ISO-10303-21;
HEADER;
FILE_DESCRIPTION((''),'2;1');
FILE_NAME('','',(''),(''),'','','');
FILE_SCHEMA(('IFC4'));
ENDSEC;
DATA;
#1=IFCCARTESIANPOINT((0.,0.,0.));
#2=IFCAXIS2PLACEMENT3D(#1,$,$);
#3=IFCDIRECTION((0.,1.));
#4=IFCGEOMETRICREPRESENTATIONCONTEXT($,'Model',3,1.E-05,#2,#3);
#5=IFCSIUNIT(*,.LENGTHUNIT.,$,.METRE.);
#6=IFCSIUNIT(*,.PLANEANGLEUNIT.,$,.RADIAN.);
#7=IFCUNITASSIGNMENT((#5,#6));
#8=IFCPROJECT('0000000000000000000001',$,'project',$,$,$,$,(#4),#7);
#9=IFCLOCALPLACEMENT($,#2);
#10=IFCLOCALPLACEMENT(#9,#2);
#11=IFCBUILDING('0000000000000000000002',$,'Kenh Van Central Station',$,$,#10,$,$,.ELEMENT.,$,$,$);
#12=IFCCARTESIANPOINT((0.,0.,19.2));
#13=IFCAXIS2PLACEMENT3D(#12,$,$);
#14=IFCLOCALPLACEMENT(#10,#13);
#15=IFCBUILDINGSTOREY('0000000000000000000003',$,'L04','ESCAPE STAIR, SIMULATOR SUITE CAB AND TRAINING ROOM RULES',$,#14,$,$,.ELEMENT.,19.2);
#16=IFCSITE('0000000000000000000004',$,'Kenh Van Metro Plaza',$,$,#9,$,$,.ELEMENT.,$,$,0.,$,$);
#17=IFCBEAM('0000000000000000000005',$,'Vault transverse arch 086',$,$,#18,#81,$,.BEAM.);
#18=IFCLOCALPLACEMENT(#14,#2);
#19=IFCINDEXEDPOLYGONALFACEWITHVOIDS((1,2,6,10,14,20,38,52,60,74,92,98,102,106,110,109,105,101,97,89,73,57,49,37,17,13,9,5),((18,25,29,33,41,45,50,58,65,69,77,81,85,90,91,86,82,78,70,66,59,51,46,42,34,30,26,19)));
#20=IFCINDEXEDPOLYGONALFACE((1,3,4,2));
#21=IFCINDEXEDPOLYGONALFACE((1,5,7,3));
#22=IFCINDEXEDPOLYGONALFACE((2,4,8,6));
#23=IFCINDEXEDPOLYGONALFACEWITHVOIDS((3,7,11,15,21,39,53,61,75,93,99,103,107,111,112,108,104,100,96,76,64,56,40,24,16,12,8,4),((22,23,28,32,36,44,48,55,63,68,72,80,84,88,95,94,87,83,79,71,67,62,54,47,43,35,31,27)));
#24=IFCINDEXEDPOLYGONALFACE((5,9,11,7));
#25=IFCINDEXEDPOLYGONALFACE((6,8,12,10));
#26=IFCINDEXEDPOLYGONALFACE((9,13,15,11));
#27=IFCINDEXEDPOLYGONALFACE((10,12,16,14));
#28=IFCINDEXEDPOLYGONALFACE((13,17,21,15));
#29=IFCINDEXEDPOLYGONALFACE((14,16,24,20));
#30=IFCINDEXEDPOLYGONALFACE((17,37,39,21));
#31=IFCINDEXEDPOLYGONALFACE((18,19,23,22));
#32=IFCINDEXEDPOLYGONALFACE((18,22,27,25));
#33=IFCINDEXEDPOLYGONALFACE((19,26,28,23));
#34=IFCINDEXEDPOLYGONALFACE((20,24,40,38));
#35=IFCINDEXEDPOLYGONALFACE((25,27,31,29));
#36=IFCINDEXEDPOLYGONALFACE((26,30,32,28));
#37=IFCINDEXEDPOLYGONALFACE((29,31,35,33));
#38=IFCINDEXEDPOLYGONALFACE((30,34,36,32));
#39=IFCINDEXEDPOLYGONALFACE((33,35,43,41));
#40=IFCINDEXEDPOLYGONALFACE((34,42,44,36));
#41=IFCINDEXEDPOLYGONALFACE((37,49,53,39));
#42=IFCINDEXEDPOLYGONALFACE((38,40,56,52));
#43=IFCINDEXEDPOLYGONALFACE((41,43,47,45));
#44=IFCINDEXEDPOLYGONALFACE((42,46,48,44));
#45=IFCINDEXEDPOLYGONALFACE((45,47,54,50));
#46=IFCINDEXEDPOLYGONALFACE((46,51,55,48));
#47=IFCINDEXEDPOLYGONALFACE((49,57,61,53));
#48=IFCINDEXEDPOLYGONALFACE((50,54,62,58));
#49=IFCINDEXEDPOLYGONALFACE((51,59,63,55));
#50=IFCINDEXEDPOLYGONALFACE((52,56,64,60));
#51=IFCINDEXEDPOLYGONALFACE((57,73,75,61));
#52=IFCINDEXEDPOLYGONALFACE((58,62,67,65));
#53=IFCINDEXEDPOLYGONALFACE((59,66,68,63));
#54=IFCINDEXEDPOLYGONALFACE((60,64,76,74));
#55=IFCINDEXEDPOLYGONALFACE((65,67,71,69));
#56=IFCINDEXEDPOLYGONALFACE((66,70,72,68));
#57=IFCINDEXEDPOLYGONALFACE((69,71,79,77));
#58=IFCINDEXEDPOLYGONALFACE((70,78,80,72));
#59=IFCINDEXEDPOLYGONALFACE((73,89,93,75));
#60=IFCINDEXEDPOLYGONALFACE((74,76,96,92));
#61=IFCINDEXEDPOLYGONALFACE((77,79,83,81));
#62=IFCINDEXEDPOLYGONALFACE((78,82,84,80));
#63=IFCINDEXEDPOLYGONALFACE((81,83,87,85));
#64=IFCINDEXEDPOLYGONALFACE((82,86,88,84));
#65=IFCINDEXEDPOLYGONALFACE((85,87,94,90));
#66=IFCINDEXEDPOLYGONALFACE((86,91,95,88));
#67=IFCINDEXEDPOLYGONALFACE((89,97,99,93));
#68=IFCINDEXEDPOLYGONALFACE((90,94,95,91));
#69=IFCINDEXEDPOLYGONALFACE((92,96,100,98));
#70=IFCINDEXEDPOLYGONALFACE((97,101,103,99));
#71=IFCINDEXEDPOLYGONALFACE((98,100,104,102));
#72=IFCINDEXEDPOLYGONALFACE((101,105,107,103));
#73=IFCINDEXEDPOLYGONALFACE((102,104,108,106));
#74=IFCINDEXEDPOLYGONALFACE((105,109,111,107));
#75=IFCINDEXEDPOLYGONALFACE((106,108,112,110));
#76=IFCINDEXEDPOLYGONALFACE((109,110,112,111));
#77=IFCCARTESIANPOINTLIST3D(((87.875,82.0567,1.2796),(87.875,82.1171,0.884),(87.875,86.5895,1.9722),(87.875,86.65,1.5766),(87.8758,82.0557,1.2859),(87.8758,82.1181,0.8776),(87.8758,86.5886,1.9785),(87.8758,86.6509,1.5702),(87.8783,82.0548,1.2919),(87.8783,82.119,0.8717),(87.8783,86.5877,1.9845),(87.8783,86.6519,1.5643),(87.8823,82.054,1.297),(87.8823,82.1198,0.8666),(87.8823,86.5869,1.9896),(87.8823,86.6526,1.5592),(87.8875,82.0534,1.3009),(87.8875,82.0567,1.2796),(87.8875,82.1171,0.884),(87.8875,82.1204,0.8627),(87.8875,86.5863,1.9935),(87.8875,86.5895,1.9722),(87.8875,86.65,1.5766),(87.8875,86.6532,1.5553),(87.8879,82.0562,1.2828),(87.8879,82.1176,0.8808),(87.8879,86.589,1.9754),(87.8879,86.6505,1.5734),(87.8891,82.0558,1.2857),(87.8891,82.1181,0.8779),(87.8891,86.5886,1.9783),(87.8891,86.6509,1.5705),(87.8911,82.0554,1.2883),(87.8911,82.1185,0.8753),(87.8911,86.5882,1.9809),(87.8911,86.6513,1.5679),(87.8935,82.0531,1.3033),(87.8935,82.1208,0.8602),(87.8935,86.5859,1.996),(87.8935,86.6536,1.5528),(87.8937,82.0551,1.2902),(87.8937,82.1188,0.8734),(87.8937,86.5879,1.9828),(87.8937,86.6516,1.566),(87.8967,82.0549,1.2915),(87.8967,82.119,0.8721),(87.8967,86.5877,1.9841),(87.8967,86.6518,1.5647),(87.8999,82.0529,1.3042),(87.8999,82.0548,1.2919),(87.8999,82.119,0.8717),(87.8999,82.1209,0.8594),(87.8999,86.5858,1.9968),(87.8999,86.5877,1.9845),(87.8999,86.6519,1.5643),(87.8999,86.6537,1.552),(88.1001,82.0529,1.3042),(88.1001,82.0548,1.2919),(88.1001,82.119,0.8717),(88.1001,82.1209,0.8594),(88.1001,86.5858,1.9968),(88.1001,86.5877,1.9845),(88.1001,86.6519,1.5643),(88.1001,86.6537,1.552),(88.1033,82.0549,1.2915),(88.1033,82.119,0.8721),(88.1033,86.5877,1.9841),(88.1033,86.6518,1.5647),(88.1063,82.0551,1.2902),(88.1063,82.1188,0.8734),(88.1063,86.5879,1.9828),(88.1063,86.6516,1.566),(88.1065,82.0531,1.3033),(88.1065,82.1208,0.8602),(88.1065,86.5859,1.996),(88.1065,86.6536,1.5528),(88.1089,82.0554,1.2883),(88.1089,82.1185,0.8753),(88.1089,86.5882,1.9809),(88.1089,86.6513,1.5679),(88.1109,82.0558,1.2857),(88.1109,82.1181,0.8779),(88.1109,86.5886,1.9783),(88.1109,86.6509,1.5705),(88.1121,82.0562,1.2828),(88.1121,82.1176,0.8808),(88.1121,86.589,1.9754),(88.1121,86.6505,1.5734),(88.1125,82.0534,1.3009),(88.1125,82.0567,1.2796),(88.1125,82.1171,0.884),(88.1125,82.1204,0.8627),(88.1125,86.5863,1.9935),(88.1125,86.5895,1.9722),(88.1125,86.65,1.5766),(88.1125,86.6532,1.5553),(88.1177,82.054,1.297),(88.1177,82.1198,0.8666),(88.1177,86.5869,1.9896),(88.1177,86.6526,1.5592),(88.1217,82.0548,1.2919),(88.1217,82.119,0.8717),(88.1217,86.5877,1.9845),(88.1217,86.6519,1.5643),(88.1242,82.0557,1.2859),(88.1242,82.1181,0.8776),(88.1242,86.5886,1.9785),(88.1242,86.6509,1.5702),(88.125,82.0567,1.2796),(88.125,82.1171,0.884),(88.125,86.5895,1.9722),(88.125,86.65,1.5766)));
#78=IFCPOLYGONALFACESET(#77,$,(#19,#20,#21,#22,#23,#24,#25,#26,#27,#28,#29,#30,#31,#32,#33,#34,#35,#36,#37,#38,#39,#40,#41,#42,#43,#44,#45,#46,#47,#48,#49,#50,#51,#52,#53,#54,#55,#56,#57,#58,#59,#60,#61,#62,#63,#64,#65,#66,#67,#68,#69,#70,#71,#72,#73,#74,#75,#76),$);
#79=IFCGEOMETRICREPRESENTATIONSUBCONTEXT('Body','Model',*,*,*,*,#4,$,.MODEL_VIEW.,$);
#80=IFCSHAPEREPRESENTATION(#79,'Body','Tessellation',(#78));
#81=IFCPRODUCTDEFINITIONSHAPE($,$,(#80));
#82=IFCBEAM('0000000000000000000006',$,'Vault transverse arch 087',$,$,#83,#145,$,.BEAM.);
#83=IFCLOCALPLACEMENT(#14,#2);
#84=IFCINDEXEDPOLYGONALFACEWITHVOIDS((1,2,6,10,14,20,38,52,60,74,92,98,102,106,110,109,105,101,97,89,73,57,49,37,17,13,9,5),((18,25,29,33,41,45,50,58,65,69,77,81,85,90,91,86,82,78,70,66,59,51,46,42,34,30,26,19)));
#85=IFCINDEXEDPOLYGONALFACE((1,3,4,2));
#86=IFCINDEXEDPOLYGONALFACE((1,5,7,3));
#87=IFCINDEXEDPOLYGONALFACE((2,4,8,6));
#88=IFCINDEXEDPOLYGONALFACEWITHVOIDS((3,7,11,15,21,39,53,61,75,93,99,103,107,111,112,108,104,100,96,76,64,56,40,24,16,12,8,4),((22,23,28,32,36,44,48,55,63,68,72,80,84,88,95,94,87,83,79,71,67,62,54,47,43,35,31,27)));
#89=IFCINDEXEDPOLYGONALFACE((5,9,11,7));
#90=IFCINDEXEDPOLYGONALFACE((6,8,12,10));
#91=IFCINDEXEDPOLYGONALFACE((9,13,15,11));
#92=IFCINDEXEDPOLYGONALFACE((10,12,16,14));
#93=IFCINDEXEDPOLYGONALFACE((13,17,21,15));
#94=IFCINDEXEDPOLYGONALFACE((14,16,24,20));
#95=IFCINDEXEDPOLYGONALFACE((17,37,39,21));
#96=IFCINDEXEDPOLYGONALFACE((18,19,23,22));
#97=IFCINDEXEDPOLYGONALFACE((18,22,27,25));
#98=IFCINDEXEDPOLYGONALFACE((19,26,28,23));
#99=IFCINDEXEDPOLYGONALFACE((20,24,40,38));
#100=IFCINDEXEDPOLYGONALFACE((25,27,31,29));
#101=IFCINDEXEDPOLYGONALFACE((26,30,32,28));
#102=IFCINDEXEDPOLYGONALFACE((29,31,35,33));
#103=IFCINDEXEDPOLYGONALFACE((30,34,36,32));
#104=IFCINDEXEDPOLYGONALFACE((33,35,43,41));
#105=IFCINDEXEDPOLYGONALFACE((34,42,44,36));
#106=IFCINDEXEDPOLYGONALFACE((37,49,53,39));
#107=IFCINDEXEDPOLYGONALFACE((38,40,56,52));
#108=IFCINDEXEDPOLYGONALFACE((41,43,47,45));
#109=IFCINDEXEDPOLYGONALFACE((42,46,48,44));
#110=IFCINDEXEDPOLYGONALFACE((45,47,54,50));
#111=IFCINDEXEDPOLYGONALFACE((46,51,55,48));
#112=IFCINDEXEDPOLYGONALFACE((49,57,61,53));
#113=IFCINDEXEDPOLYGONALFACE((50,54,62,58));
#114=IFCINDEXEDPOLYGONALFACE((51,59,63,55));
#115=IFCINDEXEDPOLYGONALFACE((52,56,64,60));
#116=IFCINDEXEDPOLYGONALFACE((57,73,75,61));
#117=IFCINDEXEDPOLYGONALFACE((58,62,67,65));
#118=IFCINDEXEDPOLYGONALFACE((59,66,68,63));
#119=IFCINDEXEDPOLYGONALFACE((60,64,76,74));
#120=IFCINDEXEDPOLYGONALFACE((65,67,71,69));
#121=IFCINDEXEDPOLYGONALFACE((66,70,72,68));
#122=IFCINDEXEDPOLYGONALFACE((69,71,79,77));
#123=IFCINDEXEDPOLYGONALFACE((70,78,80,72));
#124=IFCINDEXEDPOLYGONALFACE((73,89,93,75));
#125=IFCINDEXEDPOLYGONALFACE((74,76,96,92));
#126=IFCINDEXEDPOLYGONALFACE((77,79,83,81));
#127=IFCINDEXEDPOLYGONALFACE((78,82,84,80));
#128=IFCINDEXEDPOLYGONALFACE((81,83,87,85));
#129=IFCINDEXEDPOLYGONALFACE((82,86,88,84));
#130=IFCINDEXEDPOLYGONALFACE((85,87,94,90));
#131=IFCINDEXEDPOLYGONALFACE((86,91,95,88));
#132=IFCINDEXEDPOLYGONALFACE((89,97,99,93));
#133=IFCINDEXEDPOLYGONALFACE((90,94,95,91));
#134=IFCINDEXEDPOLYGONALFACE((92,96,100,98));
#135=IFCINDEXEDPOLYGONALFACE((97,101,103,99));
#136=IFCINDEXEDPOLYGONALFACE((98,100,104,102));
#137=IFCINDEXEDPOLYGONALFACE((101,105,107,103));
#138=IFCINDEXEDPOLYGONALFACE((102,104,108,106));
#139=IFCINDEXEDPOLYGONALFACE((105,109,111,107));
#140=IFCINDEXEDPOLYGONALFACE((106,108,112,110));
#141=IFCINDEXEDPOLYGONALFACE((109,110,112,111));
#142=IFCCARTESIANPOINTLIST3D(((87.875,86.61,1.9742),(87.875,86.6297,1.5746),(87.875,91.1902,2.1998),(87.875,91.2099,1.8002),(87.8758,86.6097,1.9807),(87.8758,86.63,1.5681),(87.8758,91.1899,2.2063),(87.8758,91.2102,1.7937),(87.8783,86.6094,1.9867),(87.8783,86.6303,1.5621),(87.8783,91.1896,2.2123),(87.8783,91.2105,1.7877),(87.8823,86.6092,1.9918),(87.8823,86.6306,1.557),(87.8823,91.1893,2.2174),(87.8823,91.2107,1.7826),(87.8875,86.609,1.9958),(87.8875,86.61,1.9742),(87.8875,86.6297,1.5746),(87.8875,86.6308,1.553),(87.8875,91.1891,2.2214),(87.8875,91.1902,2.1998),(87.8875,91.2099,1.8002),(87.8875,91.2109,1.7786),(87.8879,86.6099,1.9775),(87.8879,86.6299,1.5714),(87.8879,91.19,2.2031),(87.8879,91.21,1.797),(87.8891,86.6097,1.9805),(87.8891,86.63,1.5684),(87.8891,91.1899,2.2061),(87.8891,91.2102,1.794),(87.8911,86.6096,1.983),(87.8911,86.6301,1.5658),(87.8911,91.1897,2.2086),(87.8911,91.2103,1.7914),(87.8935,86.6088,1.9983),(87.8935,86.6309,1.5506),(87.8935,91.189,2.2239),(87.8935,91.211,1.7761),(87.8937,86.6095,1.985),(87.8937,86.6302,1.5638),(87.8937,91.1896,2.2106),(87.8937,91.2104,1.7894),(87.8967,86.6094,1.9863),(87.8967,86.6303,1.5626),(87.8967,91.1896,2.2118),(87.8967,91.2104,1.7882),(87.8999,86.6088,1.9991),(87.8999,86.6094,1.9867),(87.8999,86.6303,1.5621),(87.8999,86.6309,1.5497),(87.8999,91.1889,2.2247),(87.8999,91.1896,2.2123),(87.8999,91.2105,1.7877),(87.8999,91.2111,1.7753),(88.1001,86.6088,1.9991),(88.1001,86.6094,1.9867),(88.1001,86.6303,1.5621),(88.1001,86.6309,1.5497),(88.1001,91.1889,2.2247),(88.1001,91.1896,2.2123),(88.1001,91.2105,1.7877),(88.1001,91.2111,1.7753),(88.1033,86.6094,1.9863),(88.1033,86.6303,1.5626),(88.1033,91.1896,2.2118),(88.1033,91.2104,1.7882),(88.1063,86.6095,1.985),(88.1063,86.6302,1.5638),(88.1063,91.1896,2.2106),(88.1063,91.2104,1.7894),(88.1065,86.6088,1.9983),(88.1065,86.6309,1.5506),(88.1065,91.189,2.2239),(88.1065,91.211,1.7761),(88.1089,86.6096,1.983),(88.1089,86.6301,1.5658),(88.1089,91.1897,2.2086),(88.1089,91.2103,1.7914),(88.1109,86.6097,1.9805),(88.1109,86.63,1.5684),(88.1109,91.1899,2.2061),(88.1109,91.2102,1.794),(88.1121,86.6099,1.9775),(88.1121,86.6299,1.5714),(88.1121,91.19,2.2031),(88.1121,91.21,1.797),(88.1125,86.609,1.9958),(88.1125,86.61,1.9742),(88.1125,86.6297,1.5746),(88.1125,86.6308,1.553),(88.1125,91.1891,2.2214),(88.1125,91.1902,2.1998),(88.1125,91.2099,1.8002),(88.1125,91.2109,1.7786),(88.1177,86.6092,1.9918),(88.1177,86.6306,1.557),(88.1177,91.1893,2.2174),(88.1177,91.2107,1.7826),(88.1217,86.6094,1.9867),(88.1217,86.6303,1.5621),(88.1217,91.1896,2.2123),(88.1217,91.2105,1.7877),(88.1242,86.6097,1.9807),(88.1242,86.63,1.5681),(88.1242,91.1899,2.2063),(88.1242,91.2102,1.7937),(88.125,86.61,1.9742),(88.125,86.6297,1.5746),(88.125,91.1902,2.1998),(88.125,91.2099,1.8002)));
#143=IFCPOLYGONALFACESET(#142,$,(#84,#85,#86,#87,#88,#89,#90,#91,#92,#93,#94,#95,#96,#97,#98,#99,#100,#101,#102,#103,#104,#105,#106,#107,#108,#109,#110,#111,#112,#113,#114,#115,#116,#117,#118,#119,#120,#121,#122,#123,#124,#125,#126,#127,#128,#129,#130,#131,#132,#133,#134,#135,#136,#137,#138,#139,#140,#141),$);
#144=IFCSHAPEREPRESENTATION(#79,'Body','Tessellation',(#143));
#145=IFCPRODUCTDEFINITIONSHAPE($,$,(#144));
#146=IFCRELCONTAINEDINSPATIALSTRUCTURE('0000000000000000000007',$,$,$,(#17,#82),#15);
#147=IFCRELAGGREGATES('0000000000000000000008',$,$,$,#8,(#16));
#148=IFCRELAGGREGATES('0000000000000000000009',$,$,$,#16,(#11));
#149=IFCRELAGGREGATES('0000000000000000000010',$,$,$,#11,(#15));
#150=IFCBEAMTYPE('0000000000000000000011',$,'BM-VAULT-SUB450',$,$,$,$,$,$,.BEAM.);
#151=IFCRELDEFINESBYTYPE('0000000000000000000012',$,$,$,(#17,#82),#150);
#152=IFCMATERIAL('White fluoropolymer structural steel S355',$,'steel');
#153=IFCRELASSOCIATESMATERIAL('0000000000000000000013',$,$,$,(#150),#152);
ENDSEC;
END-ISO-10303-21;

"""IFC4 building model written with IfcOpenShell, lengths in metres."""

from ifc_helpers import new_model, si_unit, direction, frame, origin, origin_2d, place, context, subcontext, project, spatial, hollow_rectangle, extrude, material, material_profile, profile_set, type_object, element, save


model = new_model("IFC4")

# Units and contexts
model_context = context("Model", 3, precision=1e-05, world=origin(), true_north=direction((0.0, 1.0)))
body_context = subcontext(model_context, "Body", "Model", "MODEL_VIEW")
ifc_project = project(units=[si_unit("LENGTHUNIT", "METRE"), si_unit("PLANEANGLEUNIT", "RADIAN")], contexts=[model_context])

# Site, building, storey
site_placement = place(None, origin())
site = spatial("IfcSite", under=ifc_project, at=site_placement, Name="Kenh Van Metro Plaza", CompositionType="ELEMENT", RefElevation=0.0)
building_placement = place(site_placement, origin())
building = spatial("IfcBuilding", under=site, at=building_placement, Name="Kenh Van Central Station", CompositionType="ELEMENT")
storey_placement = place(building_placement, frame((0.0, 0.0, 19.2)))
storey = spatial("IfcBuildingStorey", under=building, at=storey_placement, Name="L04", Description="ESCAPE STAIR, SIMULATOR SUITE CAB AND TRAINING ROOM RULES", CompositionType="ELEMENT", Elevation=19.2)

# Beams
ifc_material_1 = material(Name="White fluoropolymer structural steel S355", Category="steel")
ifc_material_profile_1 = material_profile(ifc_material_1, hollow_rectangle(XDim=0.25, YDim=0.45, WallThickness=0.0125, InnerFilletRadius=0.0125, OuterFilletRadius=0.0249, at=origin_2d()), Name="RHS 450x250x12.5")
ifc_profile_set_1 = profile_set([ifc_material_profile_1], Name="White fluoropolymer structural steel S355")
beam_type_1 = type_object("IfcBeamType", Name="BM-VAULT-SUB450", PredefinedType="BEAM", material=ifc_profile_set_1)
beam_1_placement = place(storey_placement, frame((88.0, 82.0869, 1.0818), z_axis=(0.0, 0.988527, 0.151045), x_axis=(-1.0, 0.0, 0.0)))
element("IfcBeam", 1, at=beam_1_placement, inside=storey, type_object=beam_type_1, Name="Vault transverse arch 086", PredefinedType="BEAM", context=body_context, shape_type="SweptSolid", body=[
    extrude(hollow_rectangle(XDim=0.25, YDim=0.45, WallThickness=0.0125, InnerFilletRadius=0.0125, OuterFilletRadius=0.0249, at=origin_2d()), origin(), (0.0, 0.0, 1.0), 4.5854),
])
beam_2_placement = place(storey_placement, frame((88.0, 86.6199, 1.7744), z_axis=(0.0, 0.998789, 0.049194), x_axis=(-1.0, 0.0, 0.0)))
element("IfcBeam", 2, at=beam_2_placement, inside=storey, type_object=beam_type_1, Name="Vault transverse arch 087", PredefinedType="BEAM", context=body_context, shape_type="SweptSolid", body=[
    extrude(hollow_rectangle(XDim=0.25, YDim=0.45, WallThickness=0.0125, InnerFilletRadius=0.0125, OuterFilletRadius=0.0249, at=origin_2d()), origin(), (0.0, 0.0, 1.0), 4.5857),
])

save(model, "model.ifc")
